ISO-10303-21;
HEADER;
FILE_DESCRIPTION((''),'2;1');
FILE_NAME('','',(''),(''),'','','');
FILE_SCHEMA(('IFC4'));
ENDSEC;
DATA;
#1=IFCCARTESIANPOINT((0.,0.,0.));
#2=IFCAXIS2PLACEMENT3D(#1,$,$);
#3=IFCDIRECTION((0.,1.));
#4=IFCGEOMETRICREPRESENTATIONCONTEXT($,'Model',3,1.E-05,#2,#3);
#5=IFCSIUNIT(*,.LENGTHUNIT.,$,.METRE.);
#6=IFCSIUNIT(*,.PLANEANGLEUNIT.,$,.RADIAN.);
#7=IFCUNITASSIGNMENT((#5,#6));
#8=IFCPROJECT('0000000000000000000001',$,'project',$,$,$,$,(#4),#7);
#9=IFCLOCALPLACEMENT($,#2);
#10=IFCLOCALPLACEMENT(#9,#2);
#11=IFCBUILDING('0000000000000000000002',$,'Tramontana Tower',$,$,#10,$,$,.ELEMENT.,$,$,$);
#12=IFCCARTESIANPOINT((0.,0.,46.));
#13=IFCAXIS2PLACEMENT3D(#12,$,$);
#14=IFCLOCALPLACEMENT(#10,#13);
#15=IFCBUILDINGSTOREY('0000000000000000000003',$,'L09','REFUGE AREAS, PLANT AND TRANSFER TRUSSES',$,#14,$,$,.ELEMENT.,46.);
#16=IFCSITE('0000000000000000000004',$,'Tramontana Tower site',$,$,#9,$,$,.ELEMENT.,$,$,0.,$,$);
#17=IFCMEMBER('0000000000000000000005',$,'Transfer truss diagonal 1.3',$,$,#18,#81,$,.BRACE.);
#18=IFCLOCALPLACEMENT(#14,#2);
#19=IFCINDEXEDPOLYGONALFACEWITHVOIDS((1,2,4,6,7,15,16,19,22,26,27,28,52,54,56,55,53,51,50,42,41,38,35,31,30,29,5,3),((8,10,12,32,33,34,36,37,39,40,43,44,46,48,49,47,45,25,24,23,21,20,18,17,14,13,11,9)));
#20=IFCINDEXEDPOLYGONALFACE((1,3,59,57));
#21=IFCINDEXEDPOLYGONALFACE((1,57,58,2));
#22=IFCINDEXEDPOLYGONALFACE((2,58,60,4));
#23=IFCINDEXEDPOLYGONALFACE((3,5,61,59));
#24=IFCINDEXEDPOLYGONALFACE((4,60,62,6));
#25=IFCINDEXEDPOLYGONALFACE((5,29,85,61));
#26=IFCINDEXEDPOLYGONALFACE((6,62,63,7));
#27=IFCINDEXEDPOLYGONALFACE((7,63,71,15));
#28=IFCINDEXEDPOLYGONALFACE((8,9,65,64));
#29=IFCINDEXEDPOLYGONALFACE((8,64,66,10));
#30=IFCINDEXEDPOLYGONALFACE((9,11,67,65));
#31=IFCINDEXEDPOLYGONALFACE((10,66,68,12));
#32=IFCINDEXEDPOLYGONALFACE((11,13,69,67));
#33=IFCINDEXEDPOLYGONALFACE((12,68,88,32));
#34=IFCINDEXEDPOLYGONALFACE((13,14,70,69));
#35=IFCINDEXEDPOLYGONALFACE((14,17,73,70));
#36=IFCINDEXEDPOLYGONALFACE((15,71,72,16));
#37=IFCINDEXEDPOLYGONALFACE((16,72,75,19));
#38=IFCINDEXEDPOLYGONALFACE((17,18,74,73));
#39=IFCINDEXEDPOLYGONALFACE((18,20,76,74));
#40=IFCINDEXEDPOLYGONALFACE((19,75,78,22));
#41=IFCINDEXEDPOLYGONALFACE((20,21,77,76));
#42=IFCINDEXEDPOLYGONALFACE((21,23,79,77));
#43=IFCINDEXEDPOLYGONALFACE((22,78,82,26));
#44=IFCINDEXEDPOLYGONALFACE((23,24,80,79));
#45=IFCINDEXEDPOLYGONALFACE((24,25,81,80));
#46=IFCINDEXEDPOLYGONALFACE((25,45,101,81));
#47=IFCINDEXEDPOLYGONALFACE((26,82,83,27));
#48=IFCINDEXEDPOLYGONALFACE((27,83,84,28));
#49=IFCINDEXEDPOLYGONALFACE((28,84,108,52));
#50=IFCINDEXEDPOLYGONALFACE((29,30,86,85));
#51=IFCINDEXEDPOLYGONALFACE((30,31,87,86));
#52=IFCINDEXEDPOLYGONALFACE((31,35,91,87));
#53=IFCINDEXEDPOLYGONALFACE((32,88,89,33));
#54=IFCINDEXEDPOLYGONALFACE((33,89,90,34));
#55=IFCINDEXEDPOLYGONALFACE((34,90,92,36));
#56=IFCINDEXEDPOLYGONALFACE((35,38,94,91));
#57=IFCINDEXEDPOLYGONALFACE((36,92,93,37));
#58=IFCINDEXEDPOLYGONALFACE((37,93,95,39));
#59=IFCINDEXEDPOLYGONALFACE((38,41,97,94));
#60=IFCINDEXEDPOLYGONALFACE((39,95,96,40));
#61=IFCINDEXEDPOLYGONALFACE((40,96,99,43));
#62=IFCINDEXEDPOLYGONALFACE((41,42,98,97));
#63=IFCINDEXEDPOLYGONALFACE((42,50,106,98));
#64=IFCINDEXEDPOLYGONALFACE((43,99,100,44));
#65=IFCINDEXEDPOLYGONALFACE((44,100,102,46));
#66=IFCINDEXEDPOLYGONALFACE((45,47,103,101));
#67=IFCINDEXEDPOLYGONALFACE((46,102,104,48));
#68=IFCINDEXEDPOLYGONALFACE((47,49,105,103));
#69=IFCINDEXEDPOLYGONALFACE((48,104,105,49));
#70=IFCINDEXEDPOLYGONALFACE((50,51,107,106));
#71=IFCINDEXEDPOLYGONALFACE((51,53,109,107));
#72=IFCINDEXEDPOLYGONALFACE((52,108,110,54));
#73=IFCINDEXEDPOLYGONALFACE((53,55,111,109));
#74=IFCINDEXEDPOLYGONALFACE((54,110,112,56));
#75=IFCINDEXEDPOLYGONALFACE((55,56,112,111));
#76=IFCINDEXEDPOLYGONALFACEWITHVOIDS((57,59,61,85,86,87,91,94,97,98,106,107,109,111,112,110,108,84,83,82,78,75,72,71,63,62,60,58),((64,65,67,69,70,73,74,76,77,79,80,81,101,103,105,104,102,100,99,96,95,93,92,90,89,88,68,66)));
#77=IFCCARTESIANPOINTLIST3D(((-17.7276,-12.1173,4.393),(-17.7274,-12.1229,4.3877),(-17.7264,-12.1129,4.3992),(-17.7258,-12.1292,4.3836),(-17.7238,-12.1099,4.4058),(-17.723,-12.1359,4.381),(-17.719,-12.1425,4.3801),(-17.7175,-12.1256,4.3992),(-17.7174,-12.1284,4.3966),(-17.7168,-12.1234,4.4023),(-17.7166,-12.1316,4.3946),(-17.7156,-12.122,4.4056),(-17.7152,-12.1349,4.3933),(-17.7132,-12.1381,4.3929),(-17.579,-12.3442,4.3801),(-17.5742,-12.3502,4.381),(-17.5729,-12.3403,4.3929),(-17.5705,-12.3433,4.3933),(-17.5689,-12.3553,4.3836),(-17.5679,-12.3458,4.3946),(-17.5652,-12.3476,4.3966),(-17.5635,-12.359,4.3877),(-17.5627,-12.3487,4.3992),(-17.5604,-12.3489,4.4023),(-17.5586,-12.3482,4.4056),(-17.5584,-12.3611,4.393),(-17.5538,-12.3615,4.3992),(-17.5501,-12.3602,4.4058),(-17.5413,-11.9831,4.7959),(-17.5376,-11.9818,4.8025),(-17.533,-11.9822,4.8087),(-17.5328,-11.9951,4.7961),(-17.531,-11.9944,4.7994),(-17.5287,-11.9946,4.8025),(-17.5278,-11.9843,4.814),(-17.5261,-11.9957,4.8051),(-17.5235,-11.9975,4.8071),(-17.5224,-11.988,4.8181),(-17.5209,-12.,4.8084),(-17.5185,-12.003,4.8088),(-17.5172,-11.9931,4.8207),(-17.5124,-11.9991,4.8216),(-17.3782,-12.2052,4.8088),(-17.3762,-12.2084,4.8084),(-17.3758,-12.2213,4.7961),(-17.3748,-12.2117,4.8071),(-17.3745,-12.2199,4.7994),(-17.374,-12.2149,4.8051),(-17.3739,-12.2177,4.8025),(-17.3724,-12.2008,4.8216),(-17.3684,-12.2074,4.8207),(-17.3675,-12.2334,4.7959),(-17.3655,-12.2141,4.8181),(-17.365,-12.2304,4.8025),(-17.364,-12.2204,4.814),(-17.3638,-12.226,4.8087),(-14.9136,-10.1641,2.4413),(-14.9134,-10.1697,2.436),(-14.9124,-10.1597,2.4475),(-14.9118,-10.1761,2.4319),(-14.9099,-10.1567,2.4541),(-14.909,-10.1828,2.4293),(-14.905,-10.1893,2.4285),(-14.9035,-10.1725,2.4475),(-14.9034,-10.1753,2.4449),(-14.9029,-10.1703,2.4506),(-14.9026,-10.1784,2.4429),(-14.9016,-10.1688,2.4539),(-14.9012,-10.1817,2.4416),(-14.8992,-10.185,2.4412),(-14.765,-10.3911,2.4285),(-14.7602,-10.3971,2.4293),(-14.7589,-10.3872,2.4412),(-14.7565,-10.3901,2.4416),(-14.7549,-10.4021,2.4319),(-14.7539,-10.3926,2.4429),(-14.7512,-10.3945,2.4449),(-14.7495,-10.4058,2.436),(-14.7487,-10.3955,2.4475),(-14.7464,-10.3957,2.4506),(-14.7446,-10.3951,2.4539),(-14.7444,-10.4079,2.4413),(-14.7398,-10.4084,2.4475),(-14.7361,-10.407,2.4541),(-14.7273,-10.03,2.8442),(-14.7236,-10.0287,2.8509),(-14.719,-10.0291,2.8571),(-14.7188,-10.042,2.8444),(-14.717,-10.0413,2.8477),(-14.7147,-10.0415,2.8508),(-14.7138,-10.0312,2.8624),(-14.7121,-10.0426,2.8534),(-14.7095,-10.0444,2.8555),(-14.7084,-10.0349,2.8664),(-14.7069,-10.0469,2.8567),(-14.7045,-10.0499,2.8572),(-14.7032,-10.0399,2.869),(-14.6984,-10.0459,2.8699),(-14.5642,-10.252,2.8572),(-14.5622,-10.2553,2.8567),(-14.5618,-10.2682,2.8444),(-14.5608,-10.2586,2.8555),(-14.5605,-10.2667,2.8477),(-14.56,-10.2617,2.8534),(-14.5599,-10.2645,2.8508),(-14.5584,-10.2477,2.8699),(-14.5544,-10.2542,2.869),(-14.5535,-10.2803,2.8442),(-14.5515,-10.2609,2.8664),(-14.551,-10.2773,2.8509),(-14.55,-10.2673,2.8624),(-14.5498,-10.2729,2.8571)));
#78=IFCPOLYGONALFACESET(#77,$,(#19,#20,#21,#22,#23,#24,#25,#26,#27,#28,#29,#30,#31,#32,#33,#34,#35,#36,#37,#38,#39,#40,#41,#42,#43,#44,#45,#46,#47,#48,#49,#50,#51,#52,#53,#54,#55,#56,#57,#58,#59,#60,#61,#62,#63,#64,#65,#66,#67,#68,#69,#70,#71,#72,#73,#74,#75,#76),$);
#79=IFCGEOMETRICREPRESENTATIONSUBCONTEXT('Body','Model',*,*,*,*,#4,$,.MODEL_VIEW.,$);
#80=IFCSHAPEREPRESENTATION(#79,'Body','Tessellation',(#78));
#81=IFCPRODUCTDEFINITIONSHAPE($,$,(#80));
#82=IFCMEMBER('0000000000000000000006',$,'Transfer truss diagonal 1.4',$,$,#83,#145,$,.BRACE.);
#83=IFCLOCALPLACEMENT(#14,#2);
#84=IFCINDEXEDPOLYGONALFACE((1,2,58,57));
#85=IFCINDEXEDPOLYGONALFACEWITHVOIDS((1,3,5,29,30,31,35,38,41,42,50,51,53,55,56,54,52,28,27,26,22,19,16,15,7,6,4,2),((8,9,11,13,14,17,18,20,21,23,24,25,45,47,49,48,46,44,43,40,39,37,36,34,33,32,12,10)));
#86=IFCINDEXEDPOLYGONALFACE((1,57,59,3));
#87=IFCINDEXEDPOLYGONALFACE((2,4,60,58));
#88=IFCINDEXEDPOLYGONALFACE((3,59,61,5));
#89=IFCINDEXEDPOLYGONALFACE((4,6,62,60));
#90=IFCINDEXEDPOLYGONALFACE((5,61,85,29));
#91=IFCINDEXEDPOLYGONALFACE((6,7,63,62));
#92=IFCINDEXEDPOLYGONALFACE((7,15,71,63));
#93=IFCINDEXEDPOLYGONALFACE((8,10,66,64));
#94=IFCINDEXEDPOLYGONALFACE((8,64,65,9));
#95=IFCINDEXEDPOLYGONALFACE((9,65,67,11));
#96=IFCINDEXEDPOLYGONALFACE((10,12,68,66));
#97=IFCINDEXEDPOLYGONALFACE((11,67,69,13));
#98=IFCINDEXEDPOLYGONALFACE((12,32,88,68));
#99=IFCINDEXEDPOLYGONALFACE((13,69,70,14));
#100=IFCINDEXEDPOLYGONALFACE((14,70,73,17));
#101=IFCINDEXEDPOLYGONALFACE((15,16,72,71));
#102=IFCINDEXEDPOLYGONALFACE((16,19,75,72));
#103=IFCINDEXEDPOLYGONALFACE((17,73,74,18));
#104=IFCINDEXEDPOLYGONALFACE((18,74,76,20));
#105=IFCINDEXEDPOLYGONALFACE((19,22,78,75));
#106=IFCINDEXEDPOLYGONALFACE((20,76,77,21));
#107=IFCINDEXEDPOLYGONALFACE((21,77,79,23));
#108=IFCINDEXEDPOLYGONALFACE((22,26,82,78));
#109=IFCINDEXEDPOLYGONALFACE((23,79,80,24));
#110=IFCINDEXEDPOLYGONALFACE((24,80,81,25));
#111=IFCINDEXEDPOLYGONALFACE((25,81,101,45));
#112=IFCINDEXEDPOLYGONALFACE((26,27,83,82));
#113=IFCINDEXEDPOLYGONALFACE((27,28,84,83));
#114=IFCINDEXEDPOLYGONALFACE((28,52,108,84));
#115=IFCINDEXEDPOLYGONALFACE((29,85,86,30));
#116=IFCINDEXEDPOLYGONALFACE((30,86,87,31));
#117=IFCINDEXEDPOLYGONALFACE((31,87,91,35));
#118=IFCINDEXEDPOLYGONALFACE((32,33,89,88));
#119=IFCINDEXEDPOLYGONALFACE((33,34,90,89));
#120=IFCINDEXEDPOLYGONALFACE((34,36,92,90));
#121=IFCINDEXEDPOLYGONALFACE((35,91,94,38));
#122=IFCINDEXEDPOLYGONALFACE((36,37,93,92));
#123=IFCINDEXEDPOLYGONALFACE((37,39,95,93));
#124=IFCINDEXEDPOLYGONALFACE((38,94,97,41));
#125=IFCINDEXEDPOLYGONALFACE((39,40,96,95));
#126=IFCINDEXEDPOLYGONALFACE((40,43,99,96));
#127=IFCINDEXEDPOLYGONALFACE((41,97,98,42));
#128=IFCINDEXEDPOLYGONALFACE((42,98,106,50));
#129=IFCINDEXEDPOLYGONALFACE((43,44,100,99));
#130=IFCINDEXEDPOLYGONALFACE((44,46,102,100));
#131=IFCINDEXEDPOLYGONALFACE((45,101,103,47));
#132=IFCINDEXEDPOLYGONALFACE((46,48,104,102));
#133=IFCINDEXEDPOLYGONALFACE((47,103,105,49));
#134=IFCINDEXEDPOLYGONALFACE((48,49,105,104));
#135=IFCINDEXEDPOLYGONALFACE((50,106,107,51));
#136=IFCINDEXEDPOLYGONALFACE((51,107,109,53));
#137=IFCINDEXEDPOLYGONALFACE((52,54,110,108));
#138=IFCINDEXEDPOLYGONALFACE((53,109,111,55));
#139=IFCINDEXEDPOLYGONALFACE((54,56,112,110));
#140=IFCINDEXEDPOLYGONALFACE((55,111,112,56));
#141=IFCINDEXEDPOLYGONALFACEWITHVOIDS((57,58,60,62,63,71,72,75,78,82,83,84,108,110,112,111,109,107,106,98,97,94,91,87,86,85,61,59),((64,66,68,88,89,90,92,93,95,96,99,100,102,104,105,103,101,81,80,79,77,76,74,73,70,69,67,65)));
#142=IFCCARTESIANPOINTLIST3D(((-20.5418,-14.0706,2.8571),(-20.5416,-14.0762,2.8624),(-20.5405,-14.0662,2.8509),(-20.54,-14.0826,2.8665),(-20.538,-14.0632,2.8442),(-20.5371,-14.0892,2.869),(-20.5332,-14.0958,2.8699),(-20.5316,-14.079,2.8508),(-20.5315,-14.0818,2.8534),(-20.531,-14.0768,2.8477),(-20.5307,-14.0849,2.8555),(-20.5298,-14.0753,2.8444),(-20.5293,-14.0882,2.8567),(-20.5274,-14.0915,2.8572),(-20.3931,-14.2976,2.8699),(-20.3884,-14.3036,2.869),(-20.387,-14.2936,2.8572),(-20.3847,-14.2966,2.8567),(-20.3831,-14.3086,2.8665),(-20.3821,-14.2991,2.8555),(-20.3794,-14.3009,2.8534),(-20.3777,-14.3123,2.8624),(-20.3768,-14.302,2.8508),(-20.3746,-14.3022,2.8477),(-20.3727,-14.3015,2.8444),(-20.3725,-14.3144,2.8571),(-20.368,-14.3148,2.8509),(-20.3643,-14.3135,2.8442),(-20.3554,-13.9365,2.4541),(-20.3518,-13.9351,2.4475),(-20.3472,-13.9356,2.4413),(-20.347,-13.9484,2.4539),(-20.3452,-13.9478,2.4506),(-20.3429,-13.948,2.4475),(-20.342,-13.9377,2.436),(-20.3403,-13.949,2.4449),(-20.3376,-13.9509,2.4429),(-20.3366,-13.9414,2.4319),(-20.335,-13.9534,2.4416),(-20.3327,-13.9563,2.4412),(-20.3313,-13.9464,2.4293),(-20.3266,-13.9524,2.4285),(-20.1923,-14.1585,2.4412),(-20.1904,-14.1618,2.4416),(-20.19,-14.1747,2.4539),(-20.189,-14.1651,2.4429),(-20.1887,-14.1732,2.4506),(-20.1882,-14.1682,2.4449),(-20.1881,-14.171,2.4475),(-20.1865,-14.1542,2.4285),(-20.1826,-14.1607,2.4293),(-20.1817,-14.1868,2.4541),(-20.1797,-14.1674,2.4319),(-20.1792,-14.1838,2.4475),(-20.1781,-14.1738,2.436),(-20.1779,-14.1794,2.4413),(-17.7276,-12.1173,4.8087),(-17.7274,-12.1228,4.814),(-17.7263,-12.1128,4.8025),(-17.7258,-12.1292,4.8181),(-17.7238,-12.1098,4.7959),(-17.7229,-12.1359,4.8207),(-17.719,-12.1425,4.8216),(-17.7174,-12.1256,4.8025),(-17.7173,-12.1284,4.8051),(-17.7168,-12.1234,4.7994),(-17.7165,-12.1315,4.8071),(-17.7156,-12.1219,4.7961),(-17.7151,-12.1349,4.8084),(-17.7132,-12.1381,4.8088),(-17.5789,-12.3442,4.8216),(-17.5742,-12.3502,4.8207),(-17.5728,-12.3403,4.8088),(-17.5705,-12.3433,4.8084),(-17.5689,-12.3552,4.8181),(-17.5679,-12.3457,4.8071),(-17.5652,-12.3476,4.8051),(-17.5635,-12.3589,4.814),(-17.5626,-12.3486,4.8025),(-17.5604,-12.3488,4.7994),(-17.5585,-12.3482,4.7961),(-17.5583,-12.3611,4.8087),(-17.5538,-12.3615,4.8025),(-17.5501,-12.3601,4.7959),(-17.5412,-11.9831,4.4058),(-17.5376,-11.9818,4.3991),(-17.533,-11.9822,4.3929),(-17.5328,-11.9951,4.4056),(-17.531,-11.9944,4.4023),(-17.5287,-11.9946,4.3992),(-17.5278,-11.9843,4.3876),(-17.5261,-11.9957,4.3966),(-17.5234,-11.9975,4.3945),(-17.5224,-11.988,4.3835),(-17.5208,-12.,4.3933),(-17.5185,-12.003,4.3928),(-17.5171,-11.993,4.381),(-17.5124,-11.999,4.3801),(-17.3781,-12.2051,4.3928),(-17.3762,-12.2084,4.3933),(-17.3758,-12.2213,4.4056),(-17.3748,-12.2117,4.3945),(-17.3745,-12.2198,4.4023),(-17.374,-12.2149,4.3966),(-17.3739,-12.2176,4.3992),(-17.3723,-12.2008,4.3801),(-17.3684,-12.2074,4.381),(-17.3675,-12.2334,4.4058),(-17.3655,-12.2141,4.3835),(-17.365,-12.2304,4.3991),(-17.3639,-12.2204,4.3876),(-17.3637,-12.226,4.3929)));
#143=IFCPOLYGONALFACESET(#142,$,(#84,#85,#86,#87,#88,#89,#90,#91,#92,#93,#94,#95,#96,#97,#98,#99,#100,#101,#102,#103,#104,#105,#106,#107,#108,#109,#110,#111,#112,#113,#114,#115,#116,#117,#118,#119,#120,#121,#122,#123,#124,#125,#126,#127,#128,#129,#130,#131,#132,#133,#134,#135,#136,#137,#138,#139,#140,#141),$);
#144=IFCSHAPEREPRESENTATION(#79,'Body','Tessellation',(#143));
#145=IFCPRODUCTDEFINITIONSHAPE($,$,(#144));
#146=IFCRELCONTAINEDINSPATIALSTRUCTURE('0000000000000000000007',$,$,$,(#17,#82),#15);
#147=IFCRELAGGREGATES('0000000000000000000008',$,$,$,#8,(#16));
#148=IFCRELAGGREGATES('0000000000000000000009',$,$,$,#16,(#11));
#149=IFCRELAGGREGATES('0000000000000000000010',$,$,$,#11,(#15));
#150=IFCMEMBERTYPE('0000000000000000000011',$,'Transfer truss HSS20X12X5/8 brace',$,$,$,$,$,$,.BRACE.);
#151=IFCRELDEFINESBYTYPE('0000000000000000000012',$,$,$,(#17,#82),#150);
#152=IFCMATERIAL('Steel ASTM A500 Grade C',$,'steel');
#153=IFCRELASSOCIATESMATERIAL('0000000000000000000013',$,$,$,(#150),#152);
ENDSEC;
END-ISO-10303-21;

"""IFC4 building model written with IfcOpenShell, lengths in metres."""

from ifc_helpers import new_model, si_unit, direction, frame, origin, origin_2d, place, context, subcontext, project, spatial, hollow_rectangle, extrude, material, material_profile, profile_set, type_object, element, save


model = new_model("IFC4")

# Units and contexts
model_context = context("Model", 3, precision=1e-05, world=origin(), true_north=direction((0.0, 1.0)))
body_context = subcontext(model_context, "Body", "Model", "MODEL_VIEW")
ifc_project = project(units=[si_unit("LENGTHUNIT", "METRE"), si_unit("PLANEANGLEUNIT", "RADIAN")], contexts=[model_context])

# Site, building, storey
site_placement = place(None, origin())
site = spatial("IfcSite", under=ifc_project, at=site_placement, Name="Tramontana Tower site", CompositionType="ELEMENT", RefElevation=0.0)
building_placement = place(site_placement, origin())
building = spatial("IfcBuilding", under=site, at=building_placement, Name="Tramontana Tower", CompositionType="ELEMENT")
storey_placement = place(building_placement, frame((0.0, 0.0, 46.0)))
storey = spatial("IfcBuildingStorey", under=building, at=storey_placement, Name="L09", Description="REFUGE AREAS, PLANT AND TRANSFER TRUSSES", CompositionType="ELEMENT", Elevation=46.0)

# Members
ifc_material_1 = material(Name="Steel ASTM A500 Grade C", Category="steel")
ifc_material_profile_1 = material_profile(ifc_material_1, hollow_rectangle(XDim=0.3047, YDim=0.5081, WallThickness=0.0146, InnerFilletRadius=0.0146, OuterFilletRadius=0.0295, at=origin_2d()), Name="HSS20X12X5/8")
ifc_profile_set_1 = profile_set([ifc_material_profile_1], Name="Steel ASTM A500 Grade C")
member_type_1 = type_object("IfcMemberType", Name="Transfer truss HSS20X12X5/8 brace", PredefinedType="BRACE", material=ifc_profile_set_1)
member_1_placement = place(storey_placement, frame((-14.7317, -10.2185, 2.6492), z_axis=(-0.71378, -0.495422, 0.495051), x_axis=(0.570195, -0.821509, 0.0)))
element("IfcMember", 1, at=member_1_placement, inside=storey, type_object=member_type_1, Name="Transfer truss diagonal 1.3", PredefinedType="BRACE", context=body_context, shape_type="SweptSolid", body=[
    extrude(hollow_rectangle(XDim=0.3047, YDim=0.5081, WallThickness=0.0146, InnerFilletRadius=0.0146, OuterFilletRadius=0.0295, at=origin_2d()), origin(), (0.0, 0.0, 1.0), 3.9424),
])
member_2_placement = place(storey_placement, frame((-17.5457, -12.1716, 4.6008), z_axis=(-0.713788, -0.495447, -0.495014), x_axis=(0.57021, -0.821499, 0.0)))
element("IfcMember", 2, at=member_2_placement, inside=storey, type_object=member_type_1, Name="Transfer truss diagonal 1.4", PredefinedType="BRACE", context=body_context, shape_type="SweptSolid", body=[
    extrude(hollow_rectangle(XDim=0.3047, YDim=0.5081, WallThickness=0.0146, InnerFilletRadius=0.0146, OuterFilletRadius=0.0295, at=origin_2d()), origin(), (0.0, 0.0, 1.0), 3.9426),
])

save(model, "model.ifc")
